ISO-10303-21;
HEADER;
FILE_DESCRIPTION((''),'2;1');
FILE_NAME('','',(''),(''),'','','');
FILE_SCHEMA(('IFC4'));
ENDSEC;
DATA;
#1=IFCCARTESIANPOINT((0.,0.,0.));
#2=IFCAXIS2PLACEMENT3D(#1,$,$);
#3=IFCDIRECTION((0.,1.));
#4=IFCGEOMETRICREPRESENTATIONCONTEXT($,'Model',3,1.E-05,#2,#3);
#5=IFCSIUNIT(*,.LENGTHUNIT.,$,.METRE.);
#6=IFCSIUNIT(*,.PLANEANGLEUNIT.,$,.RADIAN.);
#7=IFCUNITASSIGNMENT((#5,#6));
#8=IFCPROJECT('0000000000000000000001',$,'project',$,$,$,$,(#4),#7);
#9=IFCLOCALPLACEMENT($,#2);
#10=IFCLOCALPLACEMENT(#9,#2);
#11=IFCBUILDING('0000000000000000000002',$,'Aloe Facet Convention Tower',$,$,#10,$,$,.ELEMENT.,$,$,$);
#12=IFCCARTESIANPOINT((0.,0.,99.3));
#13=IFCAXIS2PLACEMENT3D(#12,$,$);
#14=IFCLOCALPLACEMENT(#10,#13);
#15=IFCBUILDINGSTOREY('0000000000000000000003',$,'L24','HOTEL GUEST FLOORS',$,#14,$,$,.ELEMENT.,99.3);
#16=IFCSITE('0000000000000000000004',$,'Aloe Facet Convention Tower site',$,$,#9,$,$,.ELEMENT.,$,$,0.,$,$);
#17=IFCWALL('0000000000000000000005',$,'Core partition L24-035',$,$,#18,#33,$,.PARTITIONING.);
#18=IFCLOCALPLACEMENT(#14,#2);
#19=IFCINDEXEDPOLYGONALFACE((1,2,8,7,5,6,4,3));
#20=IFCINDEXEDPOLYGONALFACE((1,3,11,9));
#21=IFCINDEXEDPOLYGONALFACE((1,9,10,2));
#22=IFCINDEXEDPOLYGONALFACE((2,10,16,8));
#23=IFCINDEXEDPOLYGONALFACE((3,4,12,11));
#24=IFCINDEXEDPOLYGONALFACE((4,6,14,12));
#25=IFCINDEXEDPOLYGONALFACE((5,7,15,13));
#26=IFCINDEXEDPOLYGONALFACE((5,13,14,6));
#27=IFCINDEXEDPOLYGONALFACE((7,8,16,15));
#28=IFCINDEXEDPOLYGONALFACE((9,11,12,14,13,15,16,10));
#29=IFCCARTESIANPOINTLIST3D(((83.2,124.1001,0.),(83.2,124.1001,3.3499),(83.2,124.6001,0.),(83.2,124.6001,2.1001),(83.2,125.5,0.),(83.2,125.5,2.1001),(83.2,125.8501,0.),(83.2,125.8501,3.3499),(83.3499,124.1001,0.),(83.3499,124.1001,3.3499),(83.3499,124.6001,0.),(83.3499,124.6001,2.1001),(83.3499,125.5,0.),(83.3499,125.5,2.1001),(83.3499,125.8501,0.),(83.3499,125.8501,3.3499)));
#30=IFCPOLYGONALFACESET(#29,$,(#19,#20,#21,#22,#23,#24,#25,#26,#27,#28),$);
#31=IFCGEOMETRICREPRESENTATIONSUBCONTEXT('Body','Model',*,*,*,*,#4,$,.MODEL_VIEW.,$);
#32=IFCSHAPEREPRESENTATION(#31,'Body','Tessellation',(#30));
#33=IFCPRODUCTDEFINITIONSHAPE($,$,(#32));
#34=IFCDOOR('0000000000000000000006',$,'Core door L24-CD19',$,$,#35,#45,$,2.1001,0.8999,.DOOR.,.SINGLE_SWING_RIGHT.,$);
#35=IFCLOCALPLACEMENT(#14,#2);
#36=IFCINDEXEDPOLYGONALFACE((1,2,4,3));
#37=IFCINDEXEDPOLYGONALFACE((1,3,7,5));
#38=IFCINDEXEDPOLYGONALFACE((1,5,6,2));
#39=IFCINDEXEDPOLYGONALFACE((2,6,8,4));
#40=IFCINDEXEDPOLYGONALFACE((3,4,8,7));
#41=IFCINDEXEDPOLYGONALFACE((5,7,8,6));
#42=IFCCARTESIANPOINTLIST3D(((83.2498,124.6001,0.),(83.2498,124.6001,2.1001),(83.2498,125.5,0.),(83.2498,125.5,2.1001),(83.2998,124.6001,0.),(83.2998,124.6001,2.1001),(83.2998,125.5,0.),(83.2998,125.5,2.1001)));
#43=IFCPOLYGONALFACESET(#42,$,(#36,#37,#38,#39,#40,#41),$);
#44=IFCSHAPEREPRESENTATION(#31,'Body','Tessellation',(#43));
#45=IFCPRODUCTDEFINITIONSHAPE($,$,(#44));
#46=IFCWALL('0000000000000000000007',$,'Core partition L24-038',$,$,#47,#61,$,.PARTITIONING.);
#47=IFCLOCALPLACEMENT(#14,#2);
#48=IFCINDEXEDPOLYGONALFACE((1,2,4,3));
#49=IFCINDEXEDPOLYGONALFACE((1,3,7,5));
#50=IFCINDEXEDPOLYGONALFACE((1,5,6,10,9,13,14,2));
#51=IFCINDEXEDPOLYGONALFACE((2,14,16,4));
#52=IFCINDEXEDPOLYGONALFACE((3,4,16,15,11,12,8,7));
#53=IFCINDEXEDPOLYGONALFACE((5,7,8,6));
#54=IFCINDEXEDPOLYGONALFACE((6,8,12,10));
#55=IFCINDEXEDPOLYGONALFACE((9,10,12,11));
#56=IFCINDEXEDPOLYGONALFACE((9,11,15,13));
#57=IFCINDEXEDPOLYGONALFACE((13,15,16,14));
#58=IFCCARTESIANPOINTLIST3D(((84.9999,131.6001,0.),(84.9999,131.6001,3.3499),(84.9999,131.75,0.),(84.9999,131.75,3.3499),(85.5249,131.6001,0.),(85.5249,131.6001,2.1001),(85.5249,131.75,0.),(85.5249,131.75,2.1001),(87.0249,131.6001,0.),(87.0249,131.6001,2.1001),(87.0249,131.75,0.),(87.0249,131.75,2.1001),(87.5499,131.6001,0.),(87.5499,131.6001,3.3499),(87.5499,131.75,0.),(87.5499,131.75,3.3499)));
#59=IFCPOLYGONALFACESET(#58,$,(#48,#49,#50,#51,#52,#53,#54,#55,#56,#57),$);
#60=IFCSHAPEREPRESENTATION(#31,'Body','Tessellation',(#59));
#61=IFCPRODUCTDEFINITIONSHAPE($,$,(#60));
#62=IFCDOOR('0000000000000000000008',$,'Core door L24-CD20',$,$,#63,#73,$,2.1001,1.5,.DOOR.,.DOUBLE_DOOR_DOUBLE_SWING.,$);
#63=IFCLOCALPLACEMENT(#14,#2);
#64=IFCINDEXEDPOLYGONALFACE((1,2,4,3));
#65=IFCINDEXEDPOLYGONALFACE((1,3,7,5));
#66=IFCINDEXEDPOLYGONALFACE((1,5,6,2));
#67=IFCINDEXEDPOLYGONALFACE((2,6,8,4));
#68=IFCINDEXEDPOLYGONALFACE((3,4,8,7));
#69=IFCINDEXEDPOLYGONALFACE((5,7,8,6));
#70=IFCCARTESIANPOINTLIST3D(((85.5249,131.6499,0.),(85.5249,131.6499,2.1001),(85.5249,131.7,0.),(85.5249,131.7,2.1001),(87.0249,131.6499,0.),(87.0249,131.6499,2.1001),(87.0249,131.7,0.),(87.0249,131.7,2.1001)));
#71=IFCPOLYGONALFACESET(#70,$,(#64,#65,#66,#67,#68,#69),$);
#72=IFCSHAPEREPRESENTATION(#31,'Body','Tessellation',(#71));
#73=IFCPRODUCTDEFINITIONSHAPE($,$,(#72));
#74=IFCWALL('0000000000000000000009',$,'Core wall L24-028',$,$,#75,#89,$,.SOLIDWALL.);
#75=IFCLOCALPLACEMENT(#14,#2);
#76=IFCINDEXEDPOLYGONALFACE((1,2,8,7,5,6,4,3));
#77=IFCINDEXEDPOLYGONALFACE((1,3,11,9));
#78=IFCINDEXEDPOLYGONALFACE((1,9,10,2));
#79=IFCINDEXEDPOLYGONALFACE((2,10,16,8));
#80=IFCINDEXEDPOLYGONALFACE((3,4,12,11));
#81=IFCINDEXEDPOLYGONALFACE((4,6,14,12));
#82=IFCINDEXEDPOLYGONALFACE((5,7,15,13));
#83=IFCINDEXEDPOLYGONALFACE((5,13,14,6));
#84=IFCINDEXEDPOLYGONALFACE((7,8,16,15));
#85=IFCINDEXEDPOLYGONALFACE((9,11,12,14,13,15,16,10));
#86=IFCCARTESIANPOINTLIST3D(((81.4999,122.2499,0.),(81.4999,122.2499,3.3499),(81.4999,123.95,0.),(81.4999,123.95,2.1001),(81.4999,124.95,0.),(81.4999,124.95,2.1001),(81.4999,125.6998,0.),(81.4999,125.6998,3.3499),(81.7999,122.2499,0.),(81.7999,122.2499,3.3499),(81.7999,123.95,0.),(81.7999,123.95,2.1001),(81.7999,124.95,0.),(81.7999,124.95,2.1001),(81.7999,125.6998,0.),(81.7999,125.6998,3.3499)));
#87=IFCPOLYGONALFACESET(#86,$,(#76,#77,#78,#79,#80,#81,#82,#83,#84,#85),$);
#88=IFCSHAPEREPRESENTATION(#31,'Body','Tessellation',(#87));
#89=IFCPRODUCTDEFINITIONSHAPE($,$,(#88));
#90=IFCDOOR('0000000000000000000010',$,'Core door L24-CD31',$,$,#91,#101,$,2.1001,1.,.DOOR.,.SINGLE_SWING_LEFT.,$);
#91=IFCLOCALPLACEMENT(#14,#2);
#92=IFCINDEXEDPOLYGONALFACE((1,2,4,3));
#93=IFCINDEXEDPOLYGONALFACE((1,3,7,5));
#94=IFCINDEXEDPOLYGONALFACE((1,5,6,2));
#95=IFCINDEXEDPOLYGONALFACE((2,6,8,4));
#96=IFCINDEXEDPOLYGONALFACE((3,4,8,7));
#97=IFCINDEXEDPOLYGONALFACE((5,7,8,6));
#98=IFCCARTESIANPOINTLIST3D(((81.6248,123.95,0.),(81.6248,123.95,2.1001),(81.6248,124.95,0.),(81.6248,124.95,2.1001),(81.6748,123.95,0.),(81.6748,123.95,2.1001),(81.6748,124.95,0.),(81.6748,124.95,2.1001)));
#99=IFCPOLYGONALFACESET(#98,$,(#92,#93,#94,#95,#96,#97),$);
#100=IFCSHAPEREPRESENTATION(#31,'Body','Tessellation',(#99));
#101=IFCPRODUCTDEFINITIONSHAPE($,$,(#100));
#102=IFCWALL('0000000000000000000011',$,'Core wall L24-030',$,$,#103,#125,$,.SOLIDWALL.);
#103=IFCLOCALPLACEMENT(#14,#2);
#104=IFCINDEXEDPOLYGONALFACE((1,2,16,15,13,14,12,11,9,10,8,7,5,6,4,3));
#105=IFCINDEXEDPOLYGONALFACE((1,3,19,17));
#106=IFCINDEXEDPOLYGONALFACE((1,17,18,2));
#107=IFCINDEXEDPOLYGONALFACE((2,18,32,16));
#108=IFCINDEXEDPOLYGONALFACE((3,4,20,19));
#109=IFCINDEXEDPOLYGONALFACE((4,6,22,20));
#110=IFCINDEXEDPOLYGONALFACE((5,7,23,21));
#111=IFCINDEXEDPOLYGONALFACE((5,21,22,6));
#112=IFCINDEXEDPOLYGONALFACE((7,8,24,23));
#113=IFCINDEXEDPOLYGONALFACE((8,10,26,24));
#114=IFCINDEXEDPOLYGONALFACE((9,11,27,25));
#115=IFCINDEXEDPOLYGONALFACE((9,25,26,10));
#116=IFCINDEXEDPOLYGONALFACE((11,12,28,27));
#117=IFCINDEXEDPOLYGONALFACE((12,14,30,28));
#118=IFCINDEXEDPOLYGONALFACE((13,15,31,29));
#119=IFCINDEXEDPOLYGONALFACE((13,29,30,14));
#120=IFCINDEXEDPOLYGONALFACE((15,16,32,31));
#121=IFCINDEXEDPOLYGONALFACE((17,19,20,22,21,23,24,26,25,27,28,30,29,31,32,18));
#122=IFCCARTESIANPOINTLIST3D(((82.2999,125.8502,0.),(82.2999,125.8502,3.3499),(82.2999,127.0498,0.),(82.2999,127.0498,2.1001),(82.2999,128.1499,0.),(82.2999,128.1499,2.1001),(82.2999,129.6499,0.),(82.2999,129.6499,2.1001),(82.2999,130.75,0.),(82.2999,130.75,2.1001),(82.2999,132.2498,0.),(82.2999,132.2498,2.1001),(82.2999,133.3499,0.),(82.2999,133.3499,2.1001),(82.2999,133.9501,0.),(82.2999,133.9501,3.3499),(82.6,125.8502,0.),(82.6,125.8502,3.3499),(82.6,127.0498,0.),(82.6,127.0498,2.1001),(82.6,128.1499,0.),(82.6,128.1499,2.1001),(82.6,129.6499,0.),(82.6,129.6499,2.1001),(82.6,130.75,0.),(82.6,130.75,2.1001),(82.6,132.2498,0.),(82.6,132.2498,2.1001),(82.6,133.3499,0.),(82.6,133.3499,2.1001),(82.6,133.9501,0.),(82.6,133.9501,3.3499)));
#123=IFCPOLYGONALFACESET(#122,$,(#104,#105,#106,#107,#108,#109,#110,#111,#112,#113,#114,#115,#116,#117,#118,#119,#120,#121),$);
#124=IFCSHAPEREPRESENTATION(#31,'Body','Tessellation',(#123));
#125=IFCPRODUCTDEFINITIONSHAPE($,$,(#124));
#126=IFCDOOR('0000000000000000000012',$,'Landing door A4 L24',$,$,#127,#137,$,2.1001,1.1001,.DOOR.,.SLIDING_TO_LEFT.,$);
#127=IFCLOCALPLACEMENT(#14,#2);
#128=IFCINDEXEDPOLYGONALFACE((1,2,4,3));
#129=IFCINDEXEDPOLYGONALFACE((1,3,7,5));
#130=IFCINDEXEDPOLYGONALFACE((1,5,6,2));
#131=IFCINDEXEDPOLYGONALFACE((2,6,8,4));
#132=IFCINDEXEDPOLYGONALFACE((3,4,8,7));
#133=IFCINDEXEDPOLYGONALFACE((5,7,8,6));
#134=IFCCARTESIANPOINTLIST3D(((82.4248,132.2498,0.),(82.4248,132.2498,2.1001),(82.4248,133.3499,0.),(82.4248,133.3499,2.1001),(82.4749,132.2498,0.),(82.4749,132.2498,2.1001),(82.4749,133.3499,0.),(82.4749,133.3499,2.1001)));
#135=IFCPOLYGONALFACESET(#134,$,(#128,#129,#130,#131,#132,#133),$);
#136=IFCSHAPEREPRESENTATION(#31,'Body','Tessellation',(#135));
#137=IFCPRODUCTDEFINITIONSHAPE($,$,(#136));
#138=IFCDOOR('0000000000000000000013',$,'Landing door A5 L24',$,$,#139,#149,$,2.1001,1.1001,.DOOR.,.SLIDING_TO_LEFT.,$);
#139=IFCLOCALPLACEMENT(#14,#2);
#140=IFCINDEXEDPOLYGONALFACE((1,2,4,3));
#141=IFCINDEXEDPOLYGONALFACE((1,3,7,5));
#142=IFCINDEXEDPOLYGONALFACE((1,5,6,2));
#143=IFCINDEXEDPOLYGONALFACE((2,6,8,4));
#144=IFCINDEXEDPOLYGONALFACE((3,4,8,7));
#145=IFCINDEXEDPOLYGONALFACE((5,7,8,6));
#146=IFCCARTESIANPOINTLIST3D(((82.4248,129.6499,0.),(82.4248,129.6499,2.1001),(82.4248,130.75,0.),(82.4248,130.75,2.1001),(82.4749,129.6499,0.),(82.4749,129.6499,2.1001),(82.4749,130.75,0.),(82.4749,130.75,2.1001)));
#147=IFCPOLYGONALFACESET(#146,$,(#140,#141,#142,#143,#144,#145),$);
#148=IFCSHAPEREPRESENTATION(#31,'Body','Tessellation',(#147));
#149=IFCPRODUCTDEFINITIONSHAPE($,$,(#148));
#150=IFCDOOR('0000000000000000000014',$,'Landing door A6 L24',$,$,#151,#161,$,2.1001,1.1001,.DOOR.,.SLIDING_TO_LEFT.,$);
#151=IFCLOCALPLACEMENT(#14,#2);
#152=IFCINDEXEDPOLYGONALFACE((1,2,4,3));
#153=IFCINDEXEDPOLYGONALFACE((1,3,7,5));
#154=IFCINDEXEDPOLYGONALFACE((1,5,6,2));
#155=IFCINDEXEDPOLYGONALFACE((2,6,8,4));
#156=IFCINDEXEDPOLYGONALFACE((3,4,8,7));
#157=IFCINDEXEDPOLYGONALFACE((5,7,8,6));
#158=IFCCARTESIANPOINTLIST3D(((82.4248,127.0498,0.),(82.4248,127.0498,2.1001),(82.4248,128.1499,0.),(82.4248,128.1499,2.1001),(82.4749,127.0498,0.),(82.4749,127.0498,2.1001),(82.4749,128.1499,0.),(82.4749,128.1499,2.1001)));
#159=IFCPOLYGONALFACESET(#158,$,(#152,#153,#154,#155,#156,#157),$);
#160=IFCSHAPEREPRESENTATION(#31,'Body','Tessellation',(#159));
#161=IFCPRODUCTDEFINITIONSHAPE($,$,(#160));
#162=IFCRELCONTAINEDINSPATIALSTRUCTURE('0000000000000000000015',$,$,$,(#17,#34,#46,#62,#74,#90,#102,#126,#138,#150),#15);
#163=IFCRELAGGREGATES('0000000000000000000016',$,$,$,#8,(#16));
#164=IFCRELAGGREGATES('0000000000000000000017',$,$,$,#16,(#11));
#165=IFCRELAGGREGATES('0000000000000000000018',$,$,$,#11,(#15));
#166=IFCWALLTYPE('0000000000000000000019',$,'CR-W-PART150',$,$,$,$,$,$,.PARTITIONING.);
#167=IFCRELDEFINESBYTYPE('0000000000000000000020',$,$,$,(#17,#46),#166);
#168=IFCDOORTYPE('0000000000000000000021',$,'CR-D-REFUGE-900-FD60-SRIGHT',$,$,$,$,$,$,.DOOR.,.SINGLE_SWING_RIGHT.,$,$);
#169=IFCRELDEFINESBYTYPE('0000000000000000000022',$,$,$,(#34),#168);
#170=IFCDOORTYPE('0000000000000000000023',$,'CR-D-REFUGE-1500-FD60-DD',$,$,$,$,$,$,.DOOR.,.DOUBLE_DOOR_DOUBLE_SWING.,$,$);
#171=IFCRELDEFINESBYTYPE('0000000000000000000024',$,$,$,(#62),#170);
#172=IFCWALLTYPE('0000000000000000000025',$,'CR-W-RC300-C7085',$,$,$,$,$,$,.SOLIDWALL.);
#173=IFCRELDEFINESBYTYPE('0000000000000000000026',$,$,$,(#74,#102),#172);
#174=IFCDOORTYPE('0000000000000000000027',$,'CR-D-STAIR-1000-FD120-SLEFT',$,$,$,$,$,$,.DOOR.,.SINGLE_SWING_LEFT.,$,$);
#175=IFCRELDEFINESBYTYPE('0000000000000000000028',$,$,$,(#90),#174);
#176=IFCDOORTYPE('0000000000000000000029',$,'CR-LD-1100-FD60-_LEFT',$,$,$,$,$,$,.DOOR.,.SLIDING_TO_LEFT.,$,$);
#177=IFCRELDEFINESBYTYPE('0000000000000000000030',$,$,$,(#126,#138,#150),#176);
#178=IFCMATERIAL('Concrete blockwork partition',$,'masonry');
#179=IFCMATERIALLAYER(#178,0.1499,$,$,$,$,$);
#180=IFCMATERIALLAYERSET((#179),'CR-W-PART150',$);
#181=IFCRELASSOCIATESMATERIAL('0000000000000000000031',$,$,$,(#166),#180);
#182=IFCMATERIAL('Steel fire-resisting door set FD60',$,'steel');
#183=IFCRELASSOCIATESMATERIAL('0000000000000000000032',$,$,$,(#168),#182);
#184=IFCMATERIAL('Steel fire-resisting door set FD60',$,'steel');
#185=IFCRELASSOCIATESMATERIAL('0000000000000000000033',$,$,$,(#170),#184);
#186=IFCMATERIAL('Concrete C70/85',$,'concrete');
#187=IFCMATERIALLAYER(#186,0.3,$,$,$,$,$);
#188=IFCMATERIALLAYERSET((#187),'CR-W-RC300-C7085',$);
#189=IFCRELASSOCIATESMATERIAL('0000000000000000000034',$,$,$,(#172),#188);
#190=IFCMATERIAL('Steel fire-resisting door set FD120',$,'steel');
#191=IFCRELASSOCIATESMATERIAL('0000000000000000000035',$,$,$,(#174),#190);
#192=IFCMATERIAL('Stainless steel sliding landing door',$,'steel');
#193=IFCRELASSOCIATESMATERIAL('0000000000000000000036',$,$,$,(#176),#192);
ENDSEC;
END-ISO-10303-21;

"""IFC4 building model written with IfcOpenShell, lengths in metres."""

from ifc_helpers import new_model, si_unit, direction, frame, frame_2d, origin, place, context, subcontext, project, spatial, rectangle, extrude, material, layer, layer_set, type_object, element, fill, save


model = new_model("IFC4")

# Units and contexts
model_context = context("Model", 3, precision=1e-05, world=origin(), true_north=direction((0.0, 1.0)))
body_context = subcontext(model_context, "Body", "Model", "MODEL_VIEW")
ifc_project = project(units=[si_unit("LENGTHUNIT", "METRE"), si_unit("PLANEANGLEUNIT", "RADIAN")], contexts=[model_context])

# Site, building, storey
site_placement = place(None, origin())
site = spatial("IfcSite", under=ifc_project, at=site_placement, Name="Aloe Facet Convention Tower site", CompositionType="ELEMENT", RefElevation=0.0)
building_placement = place(site_placement, origin())
building = spatial("IfcBuilding", under=site, at=building_placement, Name="Aloe Facet Convention Tower", CompositionType="ELEMENT")
storey_placement = place(building_placement, frame((0.0, 0.0, 99.3)))
storey = spatial("IfcBuildingStorey", under=building, at=storey_placement, Name="L24", Description="HOTEL GUEST FLOORS", CompositionType="ELEMENT", Elevation=99.3)

# Walls, openings, doors
ifc_material_1 = material(Name="Concrete blockwork partition", Category="masonry")
ifc_layer_1 = layer(ifc_material_1, 0.1499)
ifc_layer_set_1 = layer_set([ifc_layer_1], Name="CR-W-PART150")
wall_type_1 = type_object("IfcWallType", Name="CR-W-PART150", PredefinedType="PARTITIONING", material=ifc_layer_set_1)
wall_1_placement = place(storey_placement, frame((83.2749, 125.8501, 0.0), z_axis=(0.0, 0.0, 1.0), x_axis=(0.0, -1.0, 0.0)))
wall_1 = element("IfcWall", 1, at=wall_1_placement, inside=storey, type_object=wall_type_1, Name="Core partition L24-035", PredefinedType="PARTITIONING", context=body_context, shape_type="SweptSolid", body=[
    extrude(rectangle(XDim=1.75, YDim=0.1499, at=frame_2d((0.875, 0.0))), origin(), (0.0, 0.0, 1.0), 3.3499),
])
opening_1_placement = place(wall_1_placement, frame((0.3501, 0.0, 0.0)))
opening_1 = element("IfcOpeningElement", 2, at=opening_1_placement, cuts=wall_1, PredefinedType="OPENING", context=body_context, shape_type="SweptSolid", body=[
    extrude(rectangle(XDim=0.8999, YDim=2.1001, at=frame_2d((0.45, 1.05))), frame((0.0, 0.085, 0.0), z_axis=(0.0, -1.0, 0.0), x_axis=(1.0, 0.0, 0.0)), (0.0, 0.0, 1.0), 0.1699),
])
ifc_material_2 = material(Name="Steel fire-resisting door set FD60", Category="steel")
door_type_1 = type_object("IfcDoorType", Name="CR-D-REFUGE-900-FD60-SRIGHT", OperationType="SINGLE_SWING_RIGHT", PredefinedType="DOOR", material=ifc_material_2)
door_1_placement = place(opening_1_placement, origin())
door_1 = element("IfcDoor", 3, at=door_1_placement, inside=storey, type_object=door_type_1, Name="Core door L24-CD19", OperationType="SINGLE_SWING_RIGHT", OverallHeight=2.1001, OverallWidth=0.8999, PredefinedType="DOOR", context=body_context, shape_type="SweptSolid", body=[
    extrude(rectangle(XDim=0.8999, YDim=2.1001, at=frame_2d((0.45, 1.05))), frame((0.0, 0.0249, 0.0), z_axis=(0.0, -1.0, 0.0), x_axis=(1.0, 0.0, 0.0)), (0.0, 0.0, 1.0), 0.05),
])
fill(opening_1, door_1)
wall_2_placement = place(storey_placement, frame((85.0, 131.675, 0.0), z_axis=(0.0, 0.0, 1.0), x_axis=(1.0, 0.0, 0.0)))
wall_2 = element("IfcWall", 4, at=wall_2_placement, inside=storey, type_object=wall_type_1, Name="Core partition L24-038", PredefinedType="PARTITIONING", context=body_context, shape_type="SweptSolid", body=[
    extrude(rectangle(XDim=2.55, YDim=0.1499, at=frame_2d((1.2749, 0.0))), origin(), (0.0, 0.0, 1.0), 3.3499),
])
opening_2_placement = place(wall_2_placement, frame((0.5249, 0.0, 0.0)))
opening_2 = element("IfcOpeningElement", 5, at=opening_2_placement, cuts=wall_2, PredefinedType="OPENING", context=body_context, shape_type="SweptSolid", body=[
    extrude(rectangle(XDim=1.5, YDim=2.1001, at=frame_2d((0.75, 1.05))), frame((0.0, 0.085, 0.0), z_axis=(0.0, -1.0, 0.0), x_axis=(1.0, 0.0, 0.0)), (0.0, 0.0, 1.0), 0.1699),
])
ifc_material_3 = material(Name="Steel fire-resisting door set FD60", Category="steel")
door_type_2 = type_object("IfcDoorType", Name="CR-D-REFUGE-1500-FD60-DD", OperationType="DOUBLE_DOOR_DOUBLE_SWING", PredefinedType="DOOR", material=ifc_material_3)
door_2_placement = place(opening_2_placement, origin())
door_2 = element("IfcDoor", 6, at=door_2_placement, inside=storey, type_object=door_type_2, Name="Core door L24-CD20", OperationType="DOUBLE_DOOR_DOUBLE_SWING", OverallHeight=2.1001, OverallWidth=1.5, PredefinedType="DOOR", context=body_context, shape_type="SweptSolid", body=[
    extrude(rectangle(XDim=1.5, YDim=2.1001, at=frame_2d((0.75, 1.05))), frame((0.0, 0.0249, 0.0), z_axis=(0.0, -1.0, 0.0), x_axis=(1.0, 0.0, 0.0)), (0.0, 0.0, 1.0), 0.05),
])
fill(opening_2, door_2)
ifc_material_4 = material(Name="Concrete C70/85", Category="concrete")
ifc_layer_2 = layer(ifc_material_4, 0.3)
ifc_layer_set_2 = layer_set([ifc_layer_2], Name="CR-W-RC300-C7085")
wall_type_2 = type_object("IfcWallType", Name="CR-W-RC300-C7085", PredefinedType="SOLIDWALL", material=ifc_layer_set_2)
wall_3_placement = place(storey_placement, frame((81.6499, 125.7, 0.0), z_axis=(0.0, 0.0, 1.0), x_axis=(0.0, -1.0, 0.0)))
wall_3 = element("IfcWall", 7, at=wall_3_placement, inside=storey, type_object=wall_type_2, Name="Core wall L24-028", PredefinedType="SOLIDWALL", context=body_context, shape_type="SweptSolid", body=[
    extrude(rectangle(XDim=3.45, YDim=0.3, at=frame_2d((1.7251, 0.0))), origin(), (0.0, 0.0, 1.0), 3.3499),
])
opening_3_placement = place(wall_3_placement, frame((0.75, 0.0, 0.0)))
opening_3 = element("IfcOpeningElement", 8, at=opening_3_placement, cuts=wall_3, PredefinedType="OPENING", context=body_context, shape_type="SweptSolid", body=[
    extrude(rectangle(XDim=1.0, YDim=2.1001, at=frame_2d((0.5, 1.05))), frame((0.0, 0.1602, 0.0), z_axis=(0.0, -1.0, 0.0), x_axis=(1.0, 0.0, 0.0)), (0.0, 0.0, 1.0), 0.3201),
])
ifc_material_5 = material(Name="Steel fire-resisting door set FD120", Category="steel")
door_type_3 = type_object("IfcDoorType", Name="CR-D-STAIR-1000-FD120-SLEFT", OperationType="SINGLE_SWING_LEFT", PredefinedType="DOOR", material=ifc_material_5)
door_3_placement = place(opening_3_placement, origin())
door_3 = element("IfcDoor", 9, at=door_3_placement, inside=storey, type_object=door_type_3, Name="Core door L24-CD31", OperationType="SINGLE_SWING_LEFT", OverallHeight=2.1001, OverallWidth=1.0, PredefinedType="DOOR", context=body_context, shape_type="SweptSolid", body=[
    extrude(rectangle(XDim=1.0, YDim=2.1001, at=frame_2d((0.5, 1.05))), frame((0.0, 0.0249, 0.0), z_axis=(0.0, -1.0, 0.0), x_axis=(1.0, 0.0, 0.0)), (0.0, 0.0, 1.0), 0.05),
])
fill(opening_3, door_3)

# Wall, openings, doors
wall_4_placement = place(storey_placement, frame((82.45, 133.95, 0.0), z_axis=(0.0, 0.0, 1.0), x_axis=(0.0, -1.0, 0.0)))
wall_4 = element("IfcWall", 10, at=wall_4_placement, inside=storey, type_object=wall_type_2, Name="Core wall L24-030", PredefinedType="SOLIDWALL", context=body_context, shape_type="SweptSolid", body=[
    extrude(rectangle(XDim=8.0999, YDim=0.3, at=frame_2d((4.0498, 0.0))), origin(), (0.0, 0.0, 1.0), 3.3499),
])
opening_4_placement = place(wall_4_placement, frame((0.6001, 0.0, 0.0)))
opening_4 = element("IfcOpeningElement", 11, at=opening_4_placement, cuts=wall_4, PredefinedType="OPENING", context=body_context, shape_type="SweptSolid", body=[
    extrude(rectangle(XDim=1.1001, YDim=2.1001, at=frame_2d((0.55, 1.05))), frame((0.0, 0.1602, 0.0), z_axis=(0.0, -1.0, 0.0), x_axis=(1.0, 0.0, 0.0)), (0.0, 0.0, 1.0), 0.3201),
])
opening_5_placement = place(wall_4_placement, frame((3.2, 0.0, 0.0)))
opening_5 = element("IfcOpeningElement", 12, at=opening_5_placement, cuts=wall_4, PredefinedType="OPENING", context=body_context, shape_type="SweptSolid", body=[
    extrude(rectangle(XDim=1.1001, YDim=2.1001, at=frame_2d((0.55, 1.05))), frame((0.0, 0.1602, 0.0), z_axis=(0.0, -1.0, 0.0), x_axis=(1.0, 0.0, 0.0)), (0.0, 0.0, 1.0), 0.3201),
])
opening_6_placement = place(wall_4_placement, frame((5.8, 0.0, 0.0)))
opening_6 = element("IfcOpeningElement", 13, at=opening_6_placement, cuts=wall_4, PredefinedType="OPENING", context=body_context, shape_type="SweptSolid", body=[
    extrude(rectangle(XDim=1.1001, YDim=2.1001, at=frame_2d((0.55, 1.05))), frame((0.0, 0.1602, 0.0), z_axis=(0.0, -1.0, 0.0), x_axis=(1.0, 0.0, 0.0)), (0.0, 0.0, 1.0), 0.3201),
])
ifc_material_6 = material(Name="Stainless steel sliding landing door", Category="steel")
door_type_4 = type_object("IfcDoorType", Name="CR-LD-1100-FD60-_LEFT", OperationType="SLIDING_TO_LEFT", PredefinedType="DOOR", material=ifc_material_6)
door_4_placement = place(opening_4_placement, origin())
door_4 = element("IfcDoor", 14, at=door_4_placement, inside=storey, type_object=door_type_4, Name="Landing door A4 L24", OperationType="SLIDING_TO_LEFT", OverallHeight=2.1001, OverallWidth=1.1001, PredefinedType="DOOR", context=body_context, shape_type="SweptSolid", body=[
    extrude(rectangle(XDim=1.1001, YDim=2.1001, at=frame_2d((0.55, 1.05))), frame((0.0, 0.0249, 0.0), z_axis=(0.0, -1.0, 0.0), x_axis=(1.0, 0.0, 0.0)), (0.0, 0.0, 1.0), 0.05),
])
fill(opening_4, door_4)
door_5_placement = place(opening_5_placement, origin())
door_5 = element("IfcDoor", 15, at=door_5_placement, inside=storey, type_object=door_type_4, Name="Landing door A5 L24", OperationType="SLIDING_TO_LEFT", OverallHeight=2.1001, OverallWidth=1.1001, PredefinedType="DOOR", context=body_context, shape_type="SweptSolid", body=[
    extrude(rectangle(XDim=1.1001, YDim=2.1001, at=frame_2d((0.55, 1.05))), frame((0.0, 0.0249, 0.0), z_axis=(0.0, -1.0, 0.0), x_axis=(1.0, 0.0, 0.0)), (0.0, 0.0, 1.0), 0.05),
])
fill(opening_5, door_5)
door_6_placement = place(opening_6_placement, origin())
door_6 = element("IfcDoor", 16, at=door_6_placement, inside=storey, type_object=door_type_4, Name="Landing door A6 L24", OperationType="SLIDING_TO_LEFT", OverallHeight=2.1001, OverallWidth=1.1001, PredefinedType="DOOR", context=body_context, shape_type="SweptSolid", body=[
    extrude(rectangle(XDim=1.1001, YDim=2.1001, at=frame_2d((0.55, 1.05))), frame((0.0, 0.0249, 0.0), z_axis=(0.0, -1.0, 0.0), x_axis=(1.0, 0.0, 0.0)), (0.0, 0.0, 1.0), 0.05),
])
fill(opening_6, door_6)

save(model, "model.ifc")
